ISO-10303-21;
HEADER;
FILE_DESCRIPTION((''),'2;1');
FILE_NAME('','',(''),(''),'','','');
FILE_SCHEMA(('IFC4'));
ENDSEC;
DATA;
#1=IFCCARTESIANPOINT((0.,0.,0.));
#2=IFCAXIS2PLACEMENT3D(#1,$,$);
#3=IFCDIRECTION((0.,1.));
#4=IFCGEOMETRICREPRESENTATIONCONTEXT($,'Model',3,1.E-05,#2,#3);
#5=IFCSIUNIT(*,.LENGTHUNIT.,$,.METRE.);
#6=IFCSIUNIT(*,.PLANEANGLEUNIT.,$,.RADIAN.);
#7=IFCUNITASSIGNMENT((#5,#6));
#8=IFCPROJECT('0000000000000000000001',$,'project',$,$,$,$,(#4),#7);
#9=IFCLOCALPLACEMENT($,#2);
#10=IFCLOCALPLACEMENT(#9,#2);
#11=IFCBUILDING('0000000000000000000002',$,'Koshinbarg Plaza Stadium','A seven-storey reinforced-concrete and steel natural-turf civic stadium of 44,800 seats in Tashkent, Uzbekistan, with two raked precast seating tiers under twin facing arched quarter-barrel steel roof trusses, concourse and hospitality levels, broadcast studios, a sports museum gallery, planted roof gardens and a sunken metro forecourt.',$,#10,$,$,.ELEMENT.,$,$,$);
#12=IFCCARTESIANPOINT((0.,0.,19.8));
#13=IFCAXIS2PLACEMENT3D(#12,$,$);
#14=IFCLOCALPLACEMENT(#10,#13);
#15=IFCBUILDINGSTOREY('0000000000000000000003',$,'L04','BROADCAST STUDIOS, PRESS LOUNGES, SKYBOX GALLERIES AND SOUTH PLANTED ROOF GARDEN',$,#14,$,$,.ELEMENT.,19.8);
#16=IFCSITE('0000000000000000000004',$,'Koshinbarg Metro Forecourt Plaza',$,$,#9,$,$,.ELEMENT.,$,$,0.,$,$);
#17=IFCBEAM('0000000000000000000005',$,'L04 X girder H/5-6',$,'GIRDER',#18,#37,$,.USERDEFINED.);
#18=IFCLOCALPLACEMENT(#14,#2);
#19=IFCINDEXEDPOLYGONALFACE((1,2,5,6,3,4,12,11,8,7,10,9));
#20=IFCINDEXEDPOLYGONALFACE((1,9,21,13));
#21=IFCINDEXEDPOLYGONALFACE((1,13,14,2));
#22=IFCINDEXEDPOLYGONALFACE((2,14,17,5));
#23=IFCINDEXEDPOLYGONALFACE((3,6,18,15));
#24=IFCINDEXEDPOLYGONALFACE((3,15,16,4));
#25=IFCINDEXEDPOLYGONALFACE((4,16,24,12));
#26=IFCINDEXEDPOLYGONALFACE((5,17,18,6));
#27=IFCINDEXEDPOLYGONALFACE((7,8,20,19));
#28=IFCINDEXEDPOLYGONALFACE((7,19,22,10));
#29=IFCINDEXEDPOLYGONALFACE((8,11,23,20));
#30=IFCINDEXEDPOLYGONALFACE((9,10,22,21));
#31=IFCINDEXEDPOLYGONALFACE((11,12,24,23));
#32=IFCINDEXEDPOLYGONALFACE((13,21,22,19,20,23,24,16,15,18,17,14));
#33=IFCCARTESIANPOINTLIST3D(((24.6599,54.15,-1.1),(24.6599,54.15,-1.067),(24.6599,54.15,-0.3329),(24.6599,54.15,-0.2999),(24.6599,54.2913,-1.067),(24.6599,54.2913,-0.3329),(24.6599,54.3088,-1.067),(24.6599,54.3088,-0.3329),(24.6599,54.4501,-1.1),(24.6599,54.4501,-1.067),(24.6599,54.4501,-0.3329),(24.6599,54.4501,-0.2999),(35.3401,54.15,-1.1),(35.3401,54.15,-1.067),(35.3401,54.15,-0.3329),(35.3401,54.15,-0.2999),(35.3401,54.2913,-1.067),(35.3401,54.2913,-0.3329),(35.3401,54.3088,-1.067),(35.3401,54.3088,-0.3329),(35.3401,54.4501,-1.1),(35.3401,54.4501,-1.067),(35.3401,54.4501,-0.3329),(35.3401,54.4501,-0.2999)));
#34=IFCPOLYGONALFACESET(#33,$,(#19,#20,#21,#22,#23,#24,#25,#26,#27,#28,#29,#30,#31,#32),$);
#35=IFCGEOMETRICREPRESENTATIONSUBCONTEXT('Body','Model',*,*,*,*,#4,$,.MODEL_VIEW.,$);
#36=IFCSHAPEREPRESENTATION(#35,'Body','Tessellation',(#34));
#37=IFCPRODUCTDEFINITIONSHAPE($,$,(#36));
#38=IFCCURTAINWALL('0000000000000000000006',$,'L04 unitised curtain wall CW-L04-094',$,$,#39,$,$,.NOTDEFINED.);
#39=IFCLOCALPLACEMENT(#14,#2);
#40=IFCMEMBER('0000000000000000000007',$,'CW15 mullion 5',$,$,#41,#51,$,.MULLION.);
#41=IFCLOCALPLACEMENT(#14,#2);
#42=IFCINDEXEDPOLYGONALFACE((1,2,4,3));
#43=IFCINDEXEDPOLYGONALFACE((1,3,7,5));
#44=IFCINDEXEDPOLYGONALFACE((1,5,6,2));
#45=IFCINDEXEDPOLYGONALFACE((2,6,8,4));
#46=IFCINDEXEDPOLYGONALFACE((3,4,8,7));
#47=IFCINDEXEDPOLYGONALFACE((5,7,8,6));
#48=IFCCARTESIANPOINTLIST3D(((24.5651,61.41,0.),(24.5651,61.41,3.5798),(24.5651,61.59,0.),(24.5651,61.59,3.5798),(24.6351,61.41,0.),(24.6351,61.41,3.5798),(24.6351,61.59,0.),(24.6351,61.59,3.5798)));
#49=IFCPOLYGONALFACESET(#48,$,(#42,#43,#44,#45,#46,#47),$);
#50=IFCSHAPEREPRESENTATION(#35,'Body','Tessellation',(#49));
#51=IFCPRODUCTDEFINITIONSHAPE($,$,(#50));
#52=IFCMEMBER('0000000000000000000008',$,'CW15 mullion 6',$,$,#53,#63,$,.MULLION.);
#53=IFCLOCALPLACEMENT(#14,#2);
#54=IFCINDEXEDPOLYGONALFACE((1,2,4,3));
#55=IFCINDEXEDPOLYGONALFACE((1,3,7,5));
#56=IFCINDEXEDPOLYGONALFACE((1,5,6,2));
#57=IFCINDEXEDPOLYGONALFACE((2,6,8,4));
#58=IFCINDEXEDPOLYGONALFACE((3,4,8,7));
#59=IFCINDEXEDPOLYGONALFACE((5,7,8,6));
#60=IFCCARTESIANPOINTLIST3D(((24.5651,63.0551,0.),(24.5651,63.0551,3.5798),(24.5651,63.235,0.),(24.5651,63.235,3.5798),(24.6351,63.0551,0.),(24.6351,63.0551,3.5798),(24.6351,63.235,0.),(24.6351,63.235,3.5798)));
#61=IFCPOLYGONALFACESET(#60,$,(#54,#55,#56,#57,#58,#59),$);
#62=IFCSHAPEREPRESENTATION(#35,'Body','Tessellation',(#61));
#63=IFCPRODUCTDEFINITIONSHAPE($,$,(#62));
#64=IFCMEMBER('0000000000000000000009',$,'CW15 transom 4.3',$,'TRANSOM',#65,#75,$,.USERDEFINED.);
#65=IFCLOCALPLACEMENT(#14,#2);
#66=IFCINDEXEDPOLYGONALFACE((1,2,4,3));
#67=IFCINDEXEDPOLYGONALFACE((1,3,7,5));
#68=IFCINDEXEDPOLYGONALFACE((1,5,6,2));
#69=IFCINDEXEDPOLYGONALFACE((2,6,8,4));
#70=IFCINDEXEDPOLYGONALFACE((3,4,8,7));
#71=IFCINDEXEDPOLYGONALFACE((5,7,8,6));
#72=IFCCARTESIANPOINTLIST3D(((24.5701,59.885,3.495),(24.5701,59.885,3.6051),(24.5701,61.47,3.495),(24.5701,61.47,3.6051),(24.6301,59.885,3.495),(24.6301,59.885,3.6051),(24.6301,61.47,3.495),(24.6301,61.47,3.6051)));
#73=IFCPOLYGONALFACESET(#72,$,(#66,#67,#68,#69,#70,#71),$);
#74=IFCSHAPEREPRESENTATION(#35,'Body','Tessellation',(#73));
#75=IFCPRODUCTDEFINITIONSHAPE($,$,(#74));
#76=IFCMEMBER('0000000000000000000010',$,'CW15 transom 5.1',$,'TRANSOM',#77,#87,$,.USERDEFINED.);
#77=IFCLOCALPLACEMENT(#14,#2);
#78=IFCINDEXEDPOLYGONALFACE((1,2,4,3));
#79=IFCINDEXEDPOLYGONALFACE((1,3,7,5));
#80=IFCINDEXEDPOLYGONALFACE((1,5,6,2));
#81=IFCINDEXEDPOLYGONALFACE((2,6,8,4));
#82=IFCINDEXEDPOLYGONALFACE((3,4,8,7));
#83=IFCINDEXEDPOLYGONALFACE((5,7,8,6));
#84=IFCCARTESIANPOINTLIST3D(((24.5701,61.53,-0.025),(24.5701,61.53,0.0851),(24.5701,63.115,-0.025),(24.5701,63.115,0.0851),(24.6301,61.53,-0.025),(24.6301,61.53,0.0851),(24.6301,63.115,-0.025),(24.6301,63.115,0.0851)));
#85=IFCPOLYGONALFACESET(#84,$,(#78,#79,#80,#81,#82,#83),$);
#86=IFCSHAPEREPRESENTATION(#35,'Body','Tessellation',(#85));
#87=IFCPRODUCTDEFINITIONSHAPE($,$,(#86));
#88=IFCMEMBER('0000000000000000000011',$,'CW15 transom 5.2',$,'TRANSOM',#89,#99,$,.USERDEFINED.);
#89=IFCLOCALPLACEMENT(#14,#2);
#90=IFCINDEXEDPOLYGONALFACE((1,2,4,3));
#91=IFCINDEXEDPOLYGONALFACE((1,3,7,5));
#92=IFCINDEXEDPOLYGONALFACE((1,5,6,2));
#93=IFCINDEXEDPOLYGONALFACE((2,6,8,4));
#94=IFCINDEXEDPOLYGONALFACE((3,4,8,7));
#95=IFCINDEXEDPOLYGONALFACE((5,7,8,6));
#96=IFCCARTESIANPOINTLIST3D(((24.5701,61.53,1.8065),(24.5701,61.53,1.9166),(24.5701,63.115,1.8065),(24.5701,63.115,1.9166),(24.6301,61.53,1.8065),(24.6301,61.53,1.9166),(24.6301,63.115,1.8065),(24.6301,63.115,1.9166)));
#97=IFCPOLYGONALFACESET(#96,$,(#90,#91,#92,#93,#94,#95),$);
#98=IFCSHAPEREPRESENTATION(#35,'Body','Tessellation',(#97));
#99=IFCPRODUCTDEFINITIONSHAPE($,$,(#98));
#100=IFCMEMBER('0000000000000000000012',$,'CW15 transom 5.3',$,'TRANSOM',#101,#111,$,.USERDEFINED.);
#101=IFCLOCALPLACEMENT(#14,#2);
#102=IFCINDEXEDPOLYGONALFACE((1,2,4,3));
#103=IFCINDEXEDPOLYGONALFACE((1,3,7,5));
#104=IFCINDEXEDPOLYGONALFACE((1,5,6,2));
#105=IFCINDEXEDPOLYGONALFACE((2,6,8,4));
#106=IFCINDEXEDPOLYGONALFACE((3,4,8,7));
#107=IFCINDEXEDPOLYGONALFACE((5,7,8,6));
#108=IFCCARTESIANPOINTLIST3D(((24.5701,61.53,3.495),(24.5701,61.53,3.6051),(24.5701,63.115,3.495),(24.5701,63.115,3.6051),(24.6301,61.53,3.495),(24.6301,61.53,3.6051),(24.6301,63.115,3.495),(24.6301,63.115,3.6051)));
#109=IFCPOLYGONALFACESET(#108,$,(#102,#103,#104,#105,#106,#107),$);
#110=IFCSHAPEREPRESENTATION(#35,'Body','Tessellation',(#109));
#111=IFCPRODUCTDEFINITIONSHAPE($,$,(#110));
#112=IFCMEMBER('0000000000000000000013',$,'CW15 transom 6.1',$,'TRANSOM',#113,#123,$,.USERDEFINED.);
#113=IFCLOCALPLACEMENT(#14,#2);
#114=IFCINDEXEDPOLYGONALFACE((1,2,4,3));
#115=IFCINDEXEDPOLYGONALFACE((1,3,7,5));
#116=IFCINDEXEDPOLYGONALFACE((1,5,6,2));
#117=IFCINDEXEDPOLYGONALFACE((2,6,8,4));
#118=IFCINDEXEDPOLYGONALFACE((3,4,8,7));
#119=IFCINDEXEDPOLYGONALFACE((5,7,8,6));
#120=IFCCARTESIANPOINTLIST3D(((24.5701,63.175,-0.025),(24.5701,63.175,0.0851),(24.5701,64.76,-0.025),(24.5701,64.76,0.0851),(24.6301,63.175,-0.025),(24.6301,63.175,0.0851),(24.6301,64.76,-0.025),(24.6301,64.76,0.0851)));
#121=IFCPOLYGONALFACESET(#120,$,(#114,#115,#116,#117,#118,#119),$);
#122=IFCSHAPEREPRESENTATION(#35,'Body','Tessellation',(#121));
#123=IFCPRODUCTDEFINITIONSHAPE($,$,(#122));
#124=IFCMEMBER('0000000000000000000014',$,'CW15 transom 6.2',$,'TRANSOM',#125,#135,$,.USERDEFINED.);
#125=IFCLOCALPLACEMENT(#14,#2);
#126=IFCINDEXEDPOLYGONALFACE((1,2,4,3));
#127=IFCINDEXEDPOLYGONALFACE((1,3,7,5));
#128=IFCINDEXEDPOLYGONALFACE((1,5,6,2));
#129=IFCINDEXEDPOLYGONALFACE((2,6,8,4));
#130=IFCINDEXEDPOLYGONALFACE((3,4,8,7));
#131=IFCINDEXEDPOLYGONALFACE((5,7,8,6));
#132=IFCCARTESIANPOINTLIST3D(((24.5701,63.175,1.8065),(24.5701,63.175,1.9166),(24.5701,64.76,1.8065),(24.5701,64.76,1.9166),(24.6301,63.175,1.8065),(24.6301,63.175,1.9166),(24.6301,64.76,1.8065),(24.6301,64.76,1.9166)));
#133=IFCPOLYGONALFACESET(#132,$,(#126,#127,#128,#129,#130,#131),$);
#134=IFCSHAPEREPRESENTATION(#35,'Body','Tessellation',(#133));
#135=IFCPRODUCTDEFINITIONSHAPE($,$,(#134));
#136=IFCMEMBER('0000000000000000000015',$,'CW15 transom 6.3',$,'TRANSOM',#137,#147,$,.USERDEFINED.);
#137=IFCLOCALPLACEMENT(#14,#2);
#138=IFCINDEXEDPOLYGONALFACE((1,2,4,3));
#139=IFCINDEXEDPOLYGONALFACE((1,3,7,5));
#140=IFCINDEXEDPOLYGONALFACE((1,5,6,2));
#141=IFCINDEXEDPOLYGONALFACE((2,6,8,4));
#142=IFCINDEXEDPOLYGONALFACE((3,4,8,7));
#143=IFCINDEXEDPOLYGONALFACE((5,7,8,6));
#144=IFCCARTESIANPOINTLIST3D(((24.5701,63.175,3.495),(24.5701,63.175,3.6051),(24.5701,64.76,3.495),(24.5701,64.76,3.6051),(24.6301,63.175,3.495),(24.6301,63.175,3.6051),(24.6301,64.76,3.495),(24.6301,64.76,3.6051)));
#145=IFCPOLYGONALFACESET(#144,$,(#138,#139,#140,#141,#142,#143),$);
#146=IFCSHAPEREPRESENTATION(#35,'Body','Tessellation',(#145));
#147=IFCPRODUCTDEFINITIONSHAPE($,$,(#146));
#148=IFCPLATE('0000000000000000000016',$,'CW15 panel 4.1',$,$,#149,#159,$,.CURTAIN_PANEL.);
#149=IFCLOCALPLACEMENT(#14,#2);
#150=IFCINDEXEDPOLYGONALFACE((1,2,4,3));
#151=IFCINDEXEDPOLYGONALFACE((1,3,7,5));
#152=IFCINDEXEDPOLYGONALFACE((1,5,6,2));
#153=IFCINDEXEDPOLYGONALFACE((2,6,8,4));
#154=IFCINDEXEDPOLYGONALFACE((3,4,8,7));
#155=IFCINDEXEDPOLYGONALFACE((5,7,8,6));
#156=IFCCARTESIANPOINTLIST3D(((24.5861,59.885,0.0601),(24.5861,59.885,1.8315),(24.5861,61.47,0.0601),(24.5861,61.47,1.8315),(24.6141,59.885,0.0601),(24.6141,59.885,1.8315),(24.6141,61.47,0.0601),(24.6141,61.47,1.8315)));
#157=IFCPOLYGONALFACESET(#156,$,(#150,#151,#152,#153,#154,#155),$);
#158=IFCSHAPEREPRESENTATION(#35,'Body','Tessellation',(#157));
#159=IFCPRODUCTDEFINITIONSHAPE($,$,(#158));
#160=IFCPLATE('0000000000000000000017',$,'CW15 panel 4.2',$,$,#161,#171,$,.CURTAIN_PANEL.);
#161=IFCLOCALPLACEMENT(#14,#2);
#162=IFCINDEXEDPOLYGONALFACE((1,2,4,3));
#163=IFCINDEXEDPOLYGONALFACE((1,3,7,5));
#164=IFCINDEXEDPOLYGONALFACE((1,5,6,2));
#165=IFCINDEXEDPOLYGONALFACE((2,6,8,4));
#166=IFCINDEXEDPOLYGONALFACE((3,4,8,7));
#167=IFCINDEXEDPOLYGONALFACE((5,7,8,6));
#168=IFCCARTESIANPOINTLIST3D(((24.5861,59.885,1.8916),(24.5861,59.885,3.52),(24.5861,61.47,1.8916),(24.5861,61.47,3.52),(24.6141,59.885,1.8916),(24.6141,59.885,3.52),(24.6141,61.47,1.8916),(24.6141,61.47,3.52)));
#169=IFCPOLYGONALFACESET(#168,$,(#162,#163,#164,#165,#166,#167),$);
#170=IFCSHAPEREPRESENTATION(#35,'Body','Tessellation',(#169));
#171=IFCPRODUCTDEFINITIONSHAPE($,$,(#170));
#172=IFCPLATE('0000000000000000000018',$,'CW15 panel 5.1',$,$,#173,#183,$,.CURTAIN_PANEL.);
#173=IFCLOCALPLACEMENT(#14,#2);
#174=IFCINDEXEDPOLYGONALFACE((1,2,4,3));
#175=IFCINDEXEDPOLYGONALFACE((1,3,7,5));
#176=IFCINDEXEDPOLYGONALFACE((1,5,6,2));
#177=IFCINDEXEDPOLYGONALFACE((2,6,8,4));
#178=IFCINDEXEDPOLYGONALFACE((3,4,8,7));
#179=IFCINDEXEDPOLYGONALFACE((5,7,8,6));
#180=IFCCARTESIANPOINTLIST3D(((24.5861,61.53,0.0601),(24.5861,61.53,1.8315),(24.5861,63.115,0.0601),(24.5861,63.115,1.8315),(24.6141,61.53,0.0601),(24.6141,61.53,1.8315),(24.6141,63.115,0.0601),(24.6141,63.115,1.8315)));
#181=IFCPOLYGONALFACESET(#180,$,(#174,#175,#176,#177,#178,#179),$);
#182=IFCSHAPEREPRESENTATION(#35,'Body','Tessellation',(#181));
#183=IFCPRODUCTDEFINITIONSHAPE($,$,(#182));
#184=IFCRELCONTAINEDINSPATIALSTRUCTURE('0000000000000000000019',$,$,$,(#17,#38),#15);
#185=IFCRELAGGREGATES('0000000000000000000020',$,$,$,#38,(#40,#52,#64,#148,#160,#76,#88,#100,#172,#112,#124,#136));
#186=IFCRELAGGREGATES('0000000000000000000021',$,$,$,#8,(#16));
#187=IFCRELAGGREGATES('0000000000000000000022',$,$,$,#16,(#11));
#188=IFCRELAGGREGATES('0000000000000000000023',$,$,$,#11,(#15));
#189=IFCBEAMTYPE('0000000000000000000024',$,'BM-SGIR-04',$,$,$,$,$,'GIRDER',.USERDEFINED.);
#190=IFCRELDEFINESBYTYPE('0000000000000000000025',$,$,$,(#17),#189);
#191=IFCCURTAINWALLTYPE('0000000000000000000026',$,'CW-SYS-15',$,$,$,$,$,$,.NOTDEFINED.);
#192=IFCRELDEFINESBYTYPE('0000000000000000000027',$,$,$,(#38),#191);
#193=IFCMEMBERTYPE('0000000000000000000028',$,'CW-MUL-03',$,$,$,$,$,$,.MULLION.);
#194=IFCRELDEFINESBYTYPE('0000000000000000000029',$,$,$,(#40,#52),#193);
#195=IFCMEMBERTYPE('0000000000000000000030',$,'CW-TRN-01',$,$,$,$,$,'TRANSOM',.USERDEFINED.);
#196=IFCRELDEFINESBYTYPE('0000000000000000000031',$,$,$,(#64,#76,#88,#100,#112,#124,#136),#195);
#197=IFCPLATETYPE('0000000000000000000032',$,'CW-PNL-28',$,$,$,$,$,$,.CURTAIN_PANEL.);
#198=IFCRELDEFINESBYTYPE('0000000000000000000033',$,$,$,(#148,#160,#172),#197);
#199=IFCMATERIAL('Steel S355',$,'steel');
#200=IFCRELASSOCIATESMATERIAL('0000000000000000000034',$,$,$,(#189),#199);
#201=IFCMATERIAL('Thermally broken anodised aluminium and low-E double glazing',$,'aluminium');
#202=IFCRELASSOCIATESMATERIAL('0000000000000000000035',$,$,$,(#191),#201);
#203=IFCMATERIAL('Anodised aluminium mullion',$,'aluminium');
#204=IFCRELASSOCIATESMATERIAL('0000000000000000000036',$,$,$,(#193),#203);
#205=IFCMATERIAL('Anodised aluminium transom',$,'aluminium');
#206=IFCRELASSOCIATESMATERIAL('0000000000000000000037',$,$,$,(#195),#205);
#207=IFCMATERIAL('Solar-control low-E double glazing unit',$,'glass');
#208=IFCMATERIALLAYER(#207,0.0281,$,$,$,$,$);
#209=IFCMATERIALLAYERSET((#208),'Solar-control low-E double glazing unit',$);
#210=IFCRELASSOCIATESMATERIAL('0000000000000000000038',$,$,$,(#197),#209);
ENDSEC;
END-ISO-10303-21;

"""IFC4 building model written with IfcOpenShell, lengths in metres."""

from ifc_helpers import new_model, si_unit, direction, frame, origin, origin_2d, place, context, subcontext, project, spatial, rectangle, i_section, extrude, material, layer, layer_set, material_profile, profile_set, type_object, element, aggregate, save


model = new_model("IFC4")

# Units and contexts
model_context = context("Model", 3, precision=1e-05, world=origin(), true_north=direction((0.0, 1.0)))
body_context = subcontext(model_context, "Body", "Model", "MODEL_VIEW")
ifc_project = project(units=[si_unit("LENGTHUNIT", "METRE"), si_unit("PLANEANGLEUNIT", "RADIAN")], contexts=[model_context])

# Site, building, storey
site_placement = place(None, origin())
site = spatial("IfcSite", under=ifc_project, at=site_placement, Name="Koshinbarg Metro Forecourt Plaza", CompositionType="ELEMENT", RefElevation=0.0)
building_placement = place(site_placement, origin())
building = spatial("IfcBuilding", under=site, at=building_placement, Name="Koshinbarg Plaza Stadium", Description="A seven-storey reinforced-concrete and steel natural-turf civic stadium of 44,800 seats in Tashkent, Uzbekistan, with two raked precast seating tiers under twin facing arched quarter-barrel steel roof trusses, concourse and hospitality levels, broadcast studios, a sports museum gallery, planted roof gardens and a sunken metro forecourt.", CompositionType="ELEMENT")
storey_placement = place(building_placement, frame((0.0, 0.0, 19.8)))
storey = spatial("IfcBuildingStorey", under=building, at=storey_placement, Name="L04", Description="BROADCAST STUDIOS, PRESS LOUNGES, SKYBOX GALLERIES AND SOUTH PLANTED ROOF GARDEN", CompositionType="ELEMENT", Elevation=19.8)

# Beam
ifc_material_1 = material(Name="Steel S355", Category="steel")
ifc_material_profile_1 = material_profile(ifc_material_1, i_section(OverallWidth=0.3, OverallDepth=0.8, WebThickness=0.0176, FlangeThickness=0.033, at=origin_2d()), Name="HEB 800")
ifc_profile_set_1 = profile_set([ifc_material_profile_1], Name="Steel S355")
beam_type = type_object("IfcBeamType", Name="BM-SGIR-04", ElementType="GIRDER", PredefinedType="USERDEFINED", material=ifc_profile_set_1)
beam_placement = place(storey_placement, frame((24.6599, 54.3, -0.7), z_axis=(1.0, 0.0, 0.0), x_axis=(0.0, 1.0, 0.0)))
element("IfcBeam", 1, at=beam_placement, inside=storey, type_object=beam_type, Name="L04 X girder H/5-6", ObjectType="GIRDER", PredefinedType="USERDEFINED", context=body_context, shape_type="SweptSolid", body=[
    extrude(i_section(OverallWidth=0.3, OverallDepth=0.8, WebThickness=0.0176, FlangeThickness=0.033, at=origin_2d()), origin(), (0.0, 0.0, 1.0), 10.6802),
])

# Curtain wall, members, plates
ifc_material_2 = material(Name="Thermally broken anodised aluminium and low-E double glazing", Category="aluminium")
curtain_wall_type = type_object("IfcCurtainWallType", Name="CW-SYS-15", PredefinedType="NOTDEFINED", material=ifc_material_2)
curtain_wall_placement = place(storey_placement, origin())
curtain_wall = element("IfcCurtainWall", 2, at=curtain_wall_placement, inside=storey, type_object=curtain_wall_type, Name="L04 unitised curtain wall CW-L04-094", PredefinedType="NOTDEFINED")
ifc_material_3 = material(Name="Anodised aluminium mullion", Category="aluminium")
ifc_material_profile_2 = material_profile(ifc_material_3, rectangle(XDim=0.0701, YDim=0.1799, at=origin_2d()), Name="ALU 70x180")
ifc_profile_set_2 = profile_set([ifc_material_profile_2], Name="Anodised aluminium mullion")
member_type_1 = type_object("IfcMemberType", Name="CW-MUL-03", PredefinedType="MULLION", material=ifc_profile_set_2)
member_1_placement = place(storey_placement, frame((24.6001, 61.5, 0.0), z_axis=(0.0, 0.0, 1.0), x_axis=(-1.0, 0.0, 0.0)))
member_1 = element("IfcMember", 3, at=member_1_placement, type_object=member_type_1, Name="CW15 mullion 5", PredefinedType="MULLION", context=body_context, shape_type="SweptSolid", body=[
    extrude(rectangle(XDim=0.0701, YDim=0.1799, at=origin_2d()), origin(), (0.0, 0.0, 1.0), 3.5798),
])
member_2_placement = place(storey_placement, frame((24.6001, 63.145, 0.0), z_axis=(0.0, 0.0, 1.0), x_axis=(-1.0, 0.0, 0.0)))
member_2 = element("IfcMember", 4, at=member_2_placement, type_object=member_type_1, Name="CW15 mullion 6", PredefinedType="MULLION", context=body_context, shape_type="SweptSolid", body=[
    extrude(rectangle(XDim=0.0701, YDim=0.1799, at=origin_2d()), origin(), (0.0, 0.0, 1.0), 3.5798),
])
ifc_material_4 = material(Name="Anodised aluminium transom", Category="aluminium")
ifc_material_profile_3 = material_profile(ifc_material_4, rectangle(XDim=0.0601, YDim=0.1101, at=origin_2d()), Name="ALU 60x110")
ifc_profile_set_3 = profile_set([ifc_material_profile_3], Name="Anodised aluminium transom")
member_type_2 = type_object("IfcMemberType", Name="CW-TRN-01", ElementType="TRANSOM", PredefinedType="USERDEFINED", material=ifc_profile_set_3)
member_3_placement = place(storey_placement, frame((24.6001, 59.885, 3.55), z_axis=(0.0, 1.0, 0.0), x_axis=(-1.0, 0.0, 0.0)))
member_3 = element("IfcMember", 5, at=member_3_placement, type_object=member_type_2, Name="CW15 transom 4.3", ObjectType="TRANSOM", PredefinedType="USERDEFINED", context=body_context, shape_type="SweptSolid", body=[
    extrude(rectangle(XDim=0.0601, YDim=0.1101, at=origin_2d()), origin(), (0.0, 0.0, 1.0), 1.585),
])
member_4_placement = place(storey_placement, frame((24.6001, 61.53, 0.03), z_axis=(0.0, 1.0, 0.0), x_axis=(-1.0, 0.0, 0.0)))
member_4 = element("IfcMember", 6, at=member_4_placement, type_object=member_type_2, Name="CW15 transom 5.1", ObjectType="TRANSOM", PredefinedType="USERDEFINED", context=body_context, shape_type="SweptSolid", body=[
    extrude(rectangle(XDim=0.0601, YDim=0.1101, at=origin_2d()), origin(), (0.0, 0.0, 1.0), 1.585),
])
member_5_placement = place(storey_placement, frame((24.6001, 61.53, 1.8616), z_axis=(0.0, 1.0, 0.0), x_axis=(-1.0, 0.0, 0.0)))
member_5 = element("IfcMember", 7, at=member_5_placement, type_object=member_type_2, Name="CW15 transom 5.2", ObjectType="TRANSOM", PredefinedType="USERDEFINED", context=body_context, shape_type="SweptSolid", body=[
    extrude(rectangle(XDim=0.0601, YDim=0.1101, at=origin_2d()), origin(), (0.0, 0.0, 1.0), 1.585),
])
member_6_placement = place(storey_placement, frame((24.6001, 61.53, 3.55), z_axis=(0.0, 1.0, 0.0), x_axis=(-1.0, 0.0, 0.0)))
member_6 = element("IfcMember", 8, at=member_6_placement, type_object=member_type_2, Name="CW15 transom 5.3", ObjectType="TRANSOM", PredefinedType="USERDEFINED", context=body_context, shape_type="SweptSolid", body=[
    extrude(rectangle(XDim=0.0601, YDim=0.1101, at=origin_2d()), origin(), (0.0, 0.0, 1.0), 1.585),
])
member_7_placement = place(storey_placement, frame((24.6001, 63.175, 0.03), z_axis=(0.0, 1.0, 0.0), x_axis=(-1.0, 0.0, 0.0)))
member_7 = element("IfcMember", 9, at=member_7_placement, type_object=member_type_2, Name="CW15 transom 6.1", ObjectType="TRANSOM", PredefinedType="USERDEFINED", context=body_context, shape_type="SweptSolid", body=[
    extrude(rectangle(XDim=0.0601, YDim=0.1101, at=origin_2d()), origin(), (0.0, 0.0, 1.0), 1.585),
])
member_8_placement = place(storey_placement, frame((24.6001, 63.175, 1.8616), z_axis=(0.0, 1.0, 0.0), x_axis=(-1.0, 0.0, 0.0)))
member_8 = element("IfcMember", 10, at=member_8_placement, type_object=member_type_2, Name="CW15 transom 6.2", ObjectType="TRANSOM", PredefinedType="USERDEFINED", context=body_context, shape_type="SweptSolid", body=[
    extrude(rectangle(XDim=0.0601, YDim=0.1101, at=origin_2d()), origin(), (0.0, 0.0, 1.0), 1.585),
])
member_9_placement = place(storey_placement, frame((24.6001, 63.175, 3.55), z_axis=(0.0, 1.0, 0.0), x_axis=(-1.0, 0.0, 0.0)))
member_9 = element("IfcMember", 11, at=member_9_placement, type_object=member_type_2, Name="CW15 transom 6.3", ObjectType="TRANSOM", PredefinedType="USERDEFINED", context=body_context, shape_type="SweptSolid", body=[
    extrude(rectangle(XDim=0.0601, YDim=0.1101, at=origin_2d()), origin(), (0.0, 0.0, 1.0), 1.585),
])
ifc_material_5 = material(Name="Solar-control low-E double glazing unit", Category="glass")
ifc_layer_1 = layer(ifc_material_5, 0.0281)
ifc_layer_set_1 = layer_set([ifc_layer_1], Name="Solar-control low-E double glazing unit")
plate_type = type_object("IfcPlateType", Name="CW-PNL-28", PredefinedType="CURTAIN_PANEL", material=ifc_layer_set_1)
plate_1_placement = place(storey_placement, frame((24.6001, 60.6775, 0.0601), z_axis=(0.0, 0.0, 1.0), x_axis=(0.0, 1.0, 0.0)))
plate_1 = element("IfcPlate", 12, at=plate_1_placement, type_object=plate_type, Name="CW15 panel 4.1", PredefinedType="CURTAIN_PANEL", context=body_context, shape_type="SweptSolid", body=[
    extrude(rectangle(XDim=1.585, YDim=0.0281, at=origin_2d()), origin(), (0.0, 0.0, 1.0), 1.7715),
])
plate_2_placement = place(storey_placement, frame((24.6001, 60.6775, 1.8916), z_axis=(0.0, 0.0, 1.0), x_axis=(0.0, 1.0, 0.0)))
plate_2 = element("IfcPlate", 13, at=plate_2_placement, type_object=plate_type, Name="CW15 panel 4.2", PredefinedType="CURTAIN_PANEL", context=body_context, shape_type="SweptSolid", body=[
    extrude(rectangle(XDim=1.585, YDim=0.0281, at=origin_2d()), origin(), (0.0, 0.0, 1.0), 1.6284),
])
plate_3_placement = place(storey_placement, frame((24.6001, 62.3225, 0.0601), z_axis=(0.0, 0.0, 1.0), x_axis=(0.0, 1.0, 0.0)))
plate_3 = element("IfcPlate", 14, at=plate_3_placement, type_object=plate_type, Name="CW15 panel 5.1", PredefinedType="CURTAIN_PANEL", context=body_context, shape_type="SweptSolid", body=[
    extrude(rectangle(XDim=1.585, YDim=0.0281, at=origin_2d()), origin(), (0.0, 0.0, 1.0), 1.7715),
])
aggregate(curtain_wall, [member_1, member_2, member_3, plate_1, plate_2, member_4, member_5, member_6, plate_3, member_7, member_8, member_9])

save(model, "model.ifc")
